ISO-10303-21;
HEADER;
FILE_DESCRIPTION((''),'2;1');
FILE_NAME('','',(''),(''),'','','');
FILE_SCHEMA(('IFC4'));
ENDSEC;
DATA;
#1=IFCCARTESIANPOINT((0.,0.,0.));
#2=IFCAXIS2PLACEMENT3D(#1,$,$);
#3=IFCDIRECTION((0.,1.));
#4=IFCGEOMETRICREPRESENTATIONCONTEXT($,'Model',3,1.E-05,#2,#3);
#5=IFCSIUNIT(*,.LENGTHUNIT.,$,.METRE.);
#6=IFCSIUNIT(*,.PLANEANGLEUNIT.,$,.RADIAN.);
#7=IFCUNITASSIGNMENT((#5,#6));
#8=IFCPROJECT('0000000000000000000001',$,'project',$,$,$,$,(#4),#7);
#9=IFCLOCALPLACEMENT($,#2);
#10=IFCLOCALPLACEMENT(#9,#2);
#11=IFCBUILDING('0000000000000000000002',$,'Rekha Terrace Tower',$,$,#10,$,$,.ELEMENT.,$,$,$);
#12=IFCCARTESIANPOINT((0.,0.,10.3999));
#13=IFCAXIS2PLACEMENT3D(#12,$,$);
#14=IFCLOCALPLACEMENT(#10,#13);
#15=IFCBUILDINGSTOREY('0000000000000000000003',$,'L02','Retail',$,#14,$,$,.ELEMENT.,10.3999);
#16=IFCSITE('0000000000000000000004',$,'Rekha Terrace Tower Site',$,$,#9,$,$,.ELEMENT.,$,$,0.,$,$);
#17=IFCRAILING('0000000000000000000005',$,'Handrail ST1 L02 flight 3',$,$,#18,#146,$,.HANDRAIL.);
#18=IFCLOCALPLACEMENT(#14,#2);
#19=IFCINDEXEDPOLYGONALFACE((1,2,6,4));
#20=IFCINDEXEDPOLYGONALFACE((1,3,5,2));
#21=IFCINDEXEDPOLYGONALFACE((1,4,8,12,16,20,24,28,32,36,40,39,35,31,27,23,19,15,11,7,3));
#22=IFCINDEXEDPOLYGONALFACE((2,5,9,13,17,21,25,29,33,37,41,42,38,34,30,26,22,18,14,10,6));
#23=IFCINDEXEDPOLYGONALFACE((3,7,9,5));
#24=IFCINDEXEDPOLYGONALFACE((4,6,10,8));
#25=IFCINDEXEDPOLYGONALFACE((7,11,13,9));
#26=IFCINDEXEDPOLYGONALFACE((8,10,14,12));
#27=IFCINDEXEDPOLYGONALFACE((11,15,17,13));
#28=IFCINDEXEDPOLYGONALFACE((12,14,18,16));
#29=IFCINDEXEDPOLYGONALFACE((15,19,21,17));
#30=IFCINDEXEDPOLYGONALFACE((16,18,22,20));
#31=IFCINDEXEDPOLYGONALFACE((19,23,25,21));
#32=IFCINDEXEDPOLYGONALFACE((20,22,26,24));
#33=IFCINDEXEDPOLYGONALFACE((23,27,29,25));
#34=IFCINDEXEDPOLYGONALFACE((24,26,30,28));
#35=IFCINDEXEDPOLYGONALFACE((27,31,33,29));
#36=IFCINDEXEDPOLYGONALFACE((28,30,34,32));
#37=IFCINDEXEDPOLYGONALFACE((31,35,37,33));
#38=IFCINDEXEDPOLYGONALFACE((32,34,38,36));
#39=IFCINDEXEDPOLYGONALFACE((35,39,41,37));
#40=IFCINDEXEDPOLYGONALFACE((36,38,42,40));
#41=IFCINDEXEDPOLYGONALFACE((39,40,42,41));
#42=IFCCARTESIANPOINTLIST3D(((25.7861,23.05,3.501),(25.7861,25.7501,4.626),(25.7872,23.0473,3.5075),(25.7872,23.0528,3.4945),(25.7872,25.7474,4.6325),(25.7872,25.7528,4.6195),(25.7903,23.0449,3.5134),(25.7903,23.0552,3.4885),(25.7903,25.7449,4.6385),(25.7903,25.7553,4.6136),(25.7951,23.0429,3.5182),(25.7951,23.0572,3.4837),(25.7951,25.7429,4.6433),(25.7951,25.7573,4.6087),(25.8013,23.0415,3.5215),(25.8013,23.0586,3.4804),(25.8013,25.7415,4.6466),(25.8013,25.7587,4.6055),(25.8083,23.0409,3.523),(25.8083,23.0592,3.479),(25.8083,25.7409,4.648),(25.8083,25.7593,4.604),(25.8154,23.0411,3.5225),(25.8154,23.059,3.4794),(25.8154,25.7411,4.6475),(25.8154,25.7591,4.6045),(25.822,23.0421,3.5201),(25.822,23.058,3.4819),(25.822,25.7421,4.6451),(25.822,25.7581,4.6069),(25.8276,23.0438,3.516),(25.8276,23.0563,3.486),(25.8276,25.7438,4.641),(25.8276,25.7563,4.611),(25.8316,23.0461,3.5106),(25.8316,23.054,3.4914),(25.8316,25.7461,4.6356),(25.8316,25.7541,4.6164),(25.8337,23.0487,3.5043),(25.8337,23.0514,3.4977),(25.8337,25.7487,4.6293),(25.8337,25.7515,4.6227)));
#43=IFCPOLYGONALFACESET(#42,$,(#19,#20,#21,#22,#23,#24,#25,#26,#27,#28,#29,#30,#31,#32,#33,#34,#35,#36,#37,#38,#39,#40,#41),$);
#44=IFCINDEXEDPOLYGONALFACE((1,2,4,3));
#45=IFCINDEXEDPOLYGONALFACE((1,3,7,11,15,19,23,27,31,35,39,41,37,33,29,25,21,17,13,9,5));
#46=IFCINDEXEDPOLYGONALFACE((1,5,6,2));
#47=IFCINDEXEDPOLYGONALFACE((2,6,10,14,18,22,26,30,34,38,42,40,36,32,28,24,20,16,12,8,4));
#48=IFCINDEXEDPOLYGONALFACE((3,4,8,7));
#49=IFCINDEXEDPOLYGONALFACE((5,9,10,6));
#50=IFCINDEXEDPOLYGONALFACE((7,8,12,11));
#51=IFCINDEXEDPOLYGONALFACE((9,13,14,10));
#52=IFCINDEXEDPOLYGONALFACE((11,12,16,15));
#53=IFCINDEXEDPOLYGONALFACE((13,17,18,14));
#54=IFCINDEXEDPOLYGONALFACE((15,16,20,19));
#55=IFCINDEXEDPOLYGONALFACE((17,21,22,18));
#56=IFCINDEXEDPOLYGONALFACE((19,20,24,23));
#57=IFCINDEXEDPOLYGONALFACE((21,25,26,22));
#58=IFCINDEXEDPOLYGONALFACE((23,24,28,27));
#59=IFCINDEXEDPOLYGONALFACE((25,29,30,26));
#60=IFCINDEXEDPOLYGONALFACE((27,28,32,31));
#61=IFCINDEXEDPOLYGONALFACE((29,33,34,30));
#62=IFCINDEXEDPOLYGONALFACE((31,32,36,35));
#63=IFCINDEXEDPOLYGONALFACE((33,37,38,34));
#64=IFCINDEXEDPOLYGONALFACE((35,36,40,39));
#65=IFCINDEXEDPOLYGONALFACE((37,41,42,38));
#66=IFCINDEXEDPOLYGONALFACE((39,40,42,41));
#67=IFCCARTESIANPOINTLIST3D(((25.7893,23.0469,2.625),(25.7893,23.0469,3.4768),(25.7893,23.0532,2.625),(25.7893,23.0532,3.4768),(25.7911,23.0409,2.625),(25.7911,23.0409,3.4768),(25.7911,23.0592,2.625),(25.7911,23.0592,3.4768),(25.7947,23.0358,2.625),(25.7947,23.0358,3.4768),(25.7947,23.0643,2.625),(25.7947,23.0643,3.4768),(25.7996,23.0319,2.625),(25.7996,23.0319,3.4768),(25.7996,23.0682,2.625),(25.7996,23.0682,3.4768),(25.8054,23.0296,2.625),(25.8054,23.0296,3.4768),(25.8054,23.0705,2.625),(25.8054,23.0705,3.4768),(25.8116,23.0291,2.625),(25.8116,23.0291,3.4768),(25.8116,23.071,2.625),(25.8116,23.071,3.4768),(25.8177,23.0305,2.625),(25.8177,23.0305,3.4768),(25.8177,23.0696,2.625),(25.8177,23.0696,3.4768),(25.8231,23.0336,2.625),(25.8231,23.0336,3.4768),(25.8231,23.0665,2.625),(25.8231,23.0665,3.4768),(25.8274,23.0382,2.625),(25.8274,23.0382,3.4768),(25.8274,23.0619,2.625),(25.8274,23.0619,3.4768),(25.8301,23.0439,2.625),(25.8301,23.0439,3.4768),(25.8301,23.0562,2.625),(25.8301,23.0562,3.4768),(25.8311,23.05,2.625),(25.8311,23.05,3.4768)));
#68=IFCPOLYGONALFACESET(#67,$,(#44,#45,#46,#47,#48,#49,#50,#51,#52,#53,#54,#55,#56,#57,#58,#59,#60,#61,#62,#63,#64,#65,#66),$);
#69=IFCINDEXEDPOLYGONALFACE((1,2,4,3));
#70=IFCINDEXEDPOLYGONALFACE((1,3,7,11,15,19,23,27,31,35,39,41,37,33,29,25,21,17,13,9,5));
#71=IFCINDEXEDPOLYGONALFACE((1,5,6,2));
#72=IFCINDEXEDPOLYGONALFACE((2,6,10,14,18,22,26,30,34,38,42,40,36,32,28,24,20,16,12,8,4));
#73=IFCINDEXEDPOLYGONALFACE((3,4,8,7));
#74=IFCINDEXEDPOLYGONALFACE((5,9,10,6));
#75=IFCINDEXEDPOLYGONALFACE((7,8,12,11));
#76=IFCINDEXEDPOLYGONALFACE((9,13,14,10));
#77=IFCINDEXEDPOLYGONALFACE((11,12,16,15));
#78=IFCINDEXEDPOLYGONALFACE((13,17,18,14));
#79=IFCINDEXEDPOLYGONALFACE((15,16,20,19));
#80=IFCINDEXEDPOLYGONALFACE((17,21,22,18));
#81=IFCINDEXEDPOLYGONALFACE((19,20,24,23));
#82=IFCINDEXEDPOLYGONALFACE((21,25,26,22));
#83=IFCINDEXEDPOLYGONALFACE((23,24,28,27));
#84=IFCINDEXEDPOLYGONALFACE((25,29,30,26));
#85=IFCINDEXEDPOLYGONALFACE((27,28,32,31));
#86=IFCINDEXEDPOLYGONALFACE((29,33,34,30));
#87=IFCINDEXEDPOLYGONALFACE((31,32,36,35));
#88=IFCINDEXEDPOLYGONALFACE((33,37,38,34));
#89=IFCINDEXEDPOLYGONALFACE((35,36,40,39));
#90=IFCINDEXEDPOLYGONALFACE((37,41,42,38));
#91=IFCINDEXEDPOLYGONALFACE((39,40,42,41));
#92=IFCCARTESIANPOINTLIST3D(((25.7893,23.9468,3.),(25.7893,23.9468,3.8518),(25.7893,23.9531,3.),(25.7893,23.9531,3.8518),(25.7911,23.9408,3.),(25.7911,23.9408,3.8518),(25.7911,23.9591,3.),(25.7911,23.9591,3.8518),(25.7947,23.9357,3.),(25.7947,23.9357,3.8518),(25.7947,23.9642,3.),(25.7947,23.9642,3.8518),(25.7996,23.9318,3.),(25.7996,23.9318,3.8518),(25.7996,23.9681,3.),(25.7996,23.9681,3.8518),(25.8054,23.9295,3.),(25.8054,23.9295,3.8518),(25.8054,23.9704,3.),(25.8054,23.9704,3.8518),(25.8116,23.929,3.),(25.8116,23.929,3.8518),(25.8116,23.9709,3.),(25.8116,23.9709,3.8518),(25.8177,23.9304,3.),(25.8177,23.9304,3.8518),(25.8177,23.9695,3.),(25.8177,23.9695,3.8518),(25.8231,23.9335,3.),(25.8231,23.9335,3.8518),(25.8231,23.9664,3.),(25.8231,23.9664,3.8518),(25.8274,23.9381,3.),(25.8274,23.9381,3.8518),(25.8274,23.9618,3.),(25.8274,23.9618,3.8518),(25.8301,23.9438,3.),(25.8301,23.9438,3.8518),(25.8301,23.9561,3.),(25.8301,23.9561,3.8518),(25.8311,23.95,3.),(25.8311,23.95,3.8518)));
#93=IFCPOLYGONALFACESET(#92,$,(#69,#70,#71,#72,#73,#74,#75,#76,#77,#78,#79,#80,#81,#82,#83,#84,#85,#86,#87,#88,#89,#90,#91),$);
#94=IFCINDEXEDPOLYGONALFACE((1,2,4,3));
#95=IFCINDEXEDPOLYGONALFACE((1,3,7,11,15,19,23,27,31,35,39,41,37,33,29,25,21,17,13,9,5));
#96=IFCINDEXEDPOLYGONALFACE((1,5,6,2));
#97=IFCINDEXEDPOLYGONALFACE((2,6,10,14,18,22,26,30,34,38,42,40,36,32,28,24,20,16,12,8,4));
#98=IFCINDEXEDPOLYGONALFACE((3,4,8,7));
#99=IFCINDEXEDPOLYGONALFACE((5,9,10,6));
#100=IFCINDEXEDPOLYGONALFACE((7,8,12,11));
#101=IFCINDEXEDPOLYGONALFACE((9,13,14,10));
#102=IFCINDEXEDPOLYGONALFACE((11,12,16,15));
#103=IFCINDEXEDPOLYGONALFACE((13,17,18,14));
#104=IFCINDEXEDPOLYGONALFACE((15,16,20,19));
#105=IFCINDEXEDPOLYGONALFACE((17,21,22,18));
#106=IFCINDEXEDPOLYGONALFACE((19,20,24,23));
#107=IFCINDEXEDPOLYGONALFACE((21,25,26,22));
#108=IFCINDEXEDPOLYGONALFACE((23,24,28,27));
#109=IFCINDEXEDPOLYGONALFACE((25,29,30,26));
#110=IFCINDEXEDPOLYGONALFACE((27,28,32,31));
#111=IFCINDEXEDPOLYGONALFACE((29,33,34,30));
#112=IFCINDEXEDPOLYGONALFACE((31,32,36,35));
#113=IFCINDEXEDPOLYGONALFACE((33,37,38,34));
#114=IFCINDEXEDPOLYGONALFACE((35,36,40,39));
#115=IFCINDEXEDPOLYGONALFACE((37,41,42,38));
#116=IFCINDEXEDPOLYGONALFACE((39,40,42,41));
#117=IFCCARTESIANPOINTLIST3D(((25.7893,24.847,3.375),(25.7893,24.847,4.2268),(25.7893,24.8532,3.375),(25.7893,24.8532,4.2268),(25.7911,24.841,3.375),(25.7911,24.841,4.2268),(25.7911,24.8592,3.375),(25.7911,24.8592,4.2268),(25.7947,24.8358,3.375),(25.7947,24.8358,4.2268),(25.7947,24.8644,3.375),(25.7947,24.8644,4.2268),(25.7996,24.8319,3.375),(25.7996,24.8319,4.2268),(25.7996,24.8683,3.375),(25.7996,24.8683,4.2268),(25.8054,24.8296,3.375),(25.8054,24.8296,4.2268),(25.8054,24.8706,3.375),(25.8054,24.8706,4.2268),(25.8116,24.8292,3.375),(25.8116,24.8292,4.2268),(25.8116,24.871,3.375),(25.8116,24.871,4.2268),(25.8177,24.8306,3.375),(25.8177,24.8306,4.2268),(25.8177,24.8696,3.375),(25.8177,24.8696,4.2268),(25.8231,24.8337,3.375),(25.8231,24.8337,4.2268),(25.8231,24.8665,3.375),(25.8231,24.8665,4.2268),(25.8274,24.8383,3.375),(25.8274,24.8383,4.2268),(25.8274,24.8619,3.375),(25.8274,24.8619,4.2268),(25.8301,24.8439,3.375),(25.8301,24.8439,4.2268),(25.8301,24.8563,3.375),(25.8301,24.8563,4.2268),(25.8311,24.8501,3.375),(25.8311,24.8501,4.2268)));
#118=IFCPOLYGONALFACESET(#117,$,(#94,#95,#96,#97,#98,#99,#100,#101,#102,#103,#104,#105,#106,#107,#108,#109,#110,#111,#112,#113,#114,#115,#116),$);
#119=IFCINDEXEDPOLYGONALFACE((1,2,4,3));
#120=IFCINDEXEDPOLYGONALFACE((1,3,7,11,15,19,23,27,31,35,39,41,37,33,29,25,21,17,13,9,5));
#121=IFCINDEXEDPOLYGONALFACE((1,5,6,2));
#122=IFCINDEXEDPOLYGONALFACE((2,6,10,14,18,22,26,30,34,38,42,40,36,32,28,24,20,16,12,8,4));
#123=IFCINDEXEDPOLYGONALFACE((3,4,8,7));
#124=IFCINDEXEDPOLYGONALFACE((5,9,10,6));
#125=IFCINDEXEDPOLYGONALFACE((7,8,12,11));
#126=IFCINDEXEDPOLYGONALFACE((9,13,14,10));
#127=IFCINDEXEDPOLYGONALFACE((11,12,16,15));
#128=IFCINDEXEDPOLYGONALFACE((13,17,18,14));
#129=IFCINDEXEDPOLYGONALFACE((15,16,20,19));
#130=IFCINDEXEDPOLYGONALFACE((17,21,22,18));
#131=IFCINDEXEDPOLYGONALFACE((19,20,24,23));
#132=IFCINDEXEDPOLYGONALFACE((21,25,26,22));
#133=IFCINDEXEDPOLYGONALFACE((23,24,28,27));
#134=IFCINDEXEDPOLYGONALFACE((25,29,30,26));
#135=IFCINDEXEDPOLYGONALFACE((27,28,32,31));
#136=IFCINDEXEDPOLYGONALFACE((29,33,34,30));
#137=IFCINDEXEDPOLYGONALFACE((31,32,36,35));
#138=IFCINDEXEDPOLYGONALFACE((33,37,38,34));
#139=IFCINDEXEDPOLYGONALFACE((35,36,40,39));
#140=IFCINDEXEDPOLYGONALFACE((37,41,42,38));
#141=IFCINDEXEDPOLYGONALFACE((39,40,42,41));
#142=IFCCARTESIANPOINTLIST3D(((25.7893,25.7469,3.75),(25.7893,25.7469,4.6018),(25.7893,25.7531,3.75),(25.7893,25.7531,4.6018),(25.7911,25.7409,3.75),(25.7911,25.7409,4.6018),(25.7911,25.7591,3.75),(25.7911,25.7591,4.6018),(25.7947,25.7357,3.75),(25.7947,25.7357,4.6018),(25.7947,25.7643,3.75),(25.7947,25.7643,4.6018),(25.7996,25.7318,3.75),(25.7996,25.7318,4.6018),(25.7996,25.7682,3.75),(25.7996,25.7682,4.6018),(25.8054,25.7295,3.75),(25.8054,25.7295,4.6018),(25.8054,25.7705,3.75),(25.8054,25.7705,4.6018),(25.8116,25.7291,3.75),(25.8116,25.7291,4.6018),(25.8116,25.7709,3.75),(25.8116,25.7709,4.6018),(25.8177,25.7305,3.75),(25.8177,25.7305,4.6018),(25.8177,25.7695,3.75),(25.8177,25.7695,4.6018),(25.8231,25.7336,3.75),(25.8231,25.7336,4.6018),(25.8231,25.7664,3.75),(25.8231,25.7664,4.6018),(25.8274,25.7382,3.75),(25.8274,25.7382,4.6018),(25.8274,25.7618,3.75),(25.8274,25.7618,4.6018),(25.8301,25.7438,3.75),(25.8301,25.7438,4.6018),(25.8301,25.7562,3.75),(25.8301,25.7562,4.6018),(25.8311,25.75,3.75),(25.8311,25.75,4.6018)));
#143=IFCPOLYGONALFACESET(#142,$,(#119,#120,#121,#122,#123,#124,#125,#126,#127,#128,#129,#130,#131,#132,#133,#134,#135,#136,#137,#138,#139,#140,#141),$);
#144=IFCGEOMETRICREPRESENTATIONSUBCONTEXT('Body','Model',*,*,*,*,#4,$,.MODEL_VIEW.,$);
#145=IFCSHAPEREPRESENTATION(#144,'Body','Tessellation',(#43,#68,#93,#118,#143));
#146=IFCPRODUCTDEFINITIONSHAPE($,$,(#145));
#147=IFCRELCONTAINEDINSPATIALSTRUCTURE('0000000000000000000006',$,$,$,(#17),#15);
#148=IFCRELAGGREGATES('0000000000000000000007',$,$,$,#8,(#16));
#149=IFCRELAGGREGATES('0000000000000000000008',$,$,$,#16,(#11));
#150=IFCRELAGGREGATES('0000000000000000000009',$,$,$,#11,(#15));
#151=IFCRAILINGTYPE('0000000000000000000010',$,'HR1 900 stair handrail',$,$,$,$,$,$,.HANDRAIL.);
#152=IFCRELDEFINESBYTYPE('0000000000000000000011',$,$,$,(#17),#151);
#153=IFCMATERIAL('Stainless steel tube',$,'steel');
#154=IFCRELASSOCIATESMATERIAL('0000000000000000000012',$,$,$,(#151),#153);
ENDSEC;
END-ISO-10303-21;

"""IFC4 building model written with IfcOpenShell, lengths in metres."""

from ifc_helpers import new_model, si_unit, direction, frame, origin, origin_2d, place, context, subcontext, project, spatial, circle, extrude, material, type_object, element, save


model = new_model("IFC4")

# Units and contexts
model_context = context("Model", 3, precision=1e-05, world=origin(), true_north=direction((0.0, 1.0)))
body_context = subcontext(model_context, "Body", "Model", "MODEL_VIEW")
ifc_project = project(units=[si_unit("LENGTHUNIT", "METRE"), si_unit("PLANEANGLEUNIT", "RADIAN")], contexts=[model_context])

# Site, building, storey
site_placement = place(None, origin())
site = spatial("IfcSite", under=ifc_project, at=site_placement, Name="Rekha Terrace Tower Site", CompositionType="ELEMENT", RefElevation=0.0)
building_placement = place(site_placement, origin())
building = spatial("IfcBuilding", under=site, at=building_placement, Name="Rekha Terrace Tower", CompositionType="ELEMENT")
storey_placement = place(building_placement, frame((0.0, 0.0, 10.3999)))
storey = spatial("IfcBuildingStorey", under=building, at=storey_placement, Name="L02", Description="Retail", CompositionType="ELEMENT", Elevation=10.3999)

# Railing
ifc_material_1 = material(Name="Stainless steel tube", Category="steel")
railing_type_1 = type_object("IfcRailingType", Name="HR1 900 stair handrail", PredefinedType="HANDRAIL", material=ifc_material_1)
railing_1_placement = place(storey_placement, frame((25.8101, 23.05, 2.625)))
element("IfcRailing", 1, at=railing_1_placement, inside=storey, type_object=railing_type_1, Name="Handrail ST1 L02 flight 3", PredefinedType="HANDRAIL", context=body_context, shape_type="SweptSolid", body=[
    extrude(circle(Radius=0.0239, at=origin_2d()), frame((0.0, 0.0, 0.876), z_axis=(0.0, 0.923074, 0.384621), x_axis=(-1.0, 0.0, 0.0)), (0.0, 0.0, 1.0), 2.925),
    extrude(circle(Radius=0.021, at=origin_2d()), origin(), (0.0, 0.0, 1.0), 0.8518),
    extrude(circle(Radius=0.021, at=origin_2d()), frame((0.0, 0.8999, 0.375)), (0.0, 0.0, 1.0), 0.8518),
    extrude(circle(Radius=0.021, at=origin_2d()), frame((0.0, 1.8, 0.75)), (0.0, 0.0, 1.0), 0.8518),
    extrude(circle(Radius=0.021, at=origin_2d()), frame((0.0, 2.7, 1.125)), (0.0, 0.0, 1.0), 0.8518),
])

save(model, "model.ifc")
